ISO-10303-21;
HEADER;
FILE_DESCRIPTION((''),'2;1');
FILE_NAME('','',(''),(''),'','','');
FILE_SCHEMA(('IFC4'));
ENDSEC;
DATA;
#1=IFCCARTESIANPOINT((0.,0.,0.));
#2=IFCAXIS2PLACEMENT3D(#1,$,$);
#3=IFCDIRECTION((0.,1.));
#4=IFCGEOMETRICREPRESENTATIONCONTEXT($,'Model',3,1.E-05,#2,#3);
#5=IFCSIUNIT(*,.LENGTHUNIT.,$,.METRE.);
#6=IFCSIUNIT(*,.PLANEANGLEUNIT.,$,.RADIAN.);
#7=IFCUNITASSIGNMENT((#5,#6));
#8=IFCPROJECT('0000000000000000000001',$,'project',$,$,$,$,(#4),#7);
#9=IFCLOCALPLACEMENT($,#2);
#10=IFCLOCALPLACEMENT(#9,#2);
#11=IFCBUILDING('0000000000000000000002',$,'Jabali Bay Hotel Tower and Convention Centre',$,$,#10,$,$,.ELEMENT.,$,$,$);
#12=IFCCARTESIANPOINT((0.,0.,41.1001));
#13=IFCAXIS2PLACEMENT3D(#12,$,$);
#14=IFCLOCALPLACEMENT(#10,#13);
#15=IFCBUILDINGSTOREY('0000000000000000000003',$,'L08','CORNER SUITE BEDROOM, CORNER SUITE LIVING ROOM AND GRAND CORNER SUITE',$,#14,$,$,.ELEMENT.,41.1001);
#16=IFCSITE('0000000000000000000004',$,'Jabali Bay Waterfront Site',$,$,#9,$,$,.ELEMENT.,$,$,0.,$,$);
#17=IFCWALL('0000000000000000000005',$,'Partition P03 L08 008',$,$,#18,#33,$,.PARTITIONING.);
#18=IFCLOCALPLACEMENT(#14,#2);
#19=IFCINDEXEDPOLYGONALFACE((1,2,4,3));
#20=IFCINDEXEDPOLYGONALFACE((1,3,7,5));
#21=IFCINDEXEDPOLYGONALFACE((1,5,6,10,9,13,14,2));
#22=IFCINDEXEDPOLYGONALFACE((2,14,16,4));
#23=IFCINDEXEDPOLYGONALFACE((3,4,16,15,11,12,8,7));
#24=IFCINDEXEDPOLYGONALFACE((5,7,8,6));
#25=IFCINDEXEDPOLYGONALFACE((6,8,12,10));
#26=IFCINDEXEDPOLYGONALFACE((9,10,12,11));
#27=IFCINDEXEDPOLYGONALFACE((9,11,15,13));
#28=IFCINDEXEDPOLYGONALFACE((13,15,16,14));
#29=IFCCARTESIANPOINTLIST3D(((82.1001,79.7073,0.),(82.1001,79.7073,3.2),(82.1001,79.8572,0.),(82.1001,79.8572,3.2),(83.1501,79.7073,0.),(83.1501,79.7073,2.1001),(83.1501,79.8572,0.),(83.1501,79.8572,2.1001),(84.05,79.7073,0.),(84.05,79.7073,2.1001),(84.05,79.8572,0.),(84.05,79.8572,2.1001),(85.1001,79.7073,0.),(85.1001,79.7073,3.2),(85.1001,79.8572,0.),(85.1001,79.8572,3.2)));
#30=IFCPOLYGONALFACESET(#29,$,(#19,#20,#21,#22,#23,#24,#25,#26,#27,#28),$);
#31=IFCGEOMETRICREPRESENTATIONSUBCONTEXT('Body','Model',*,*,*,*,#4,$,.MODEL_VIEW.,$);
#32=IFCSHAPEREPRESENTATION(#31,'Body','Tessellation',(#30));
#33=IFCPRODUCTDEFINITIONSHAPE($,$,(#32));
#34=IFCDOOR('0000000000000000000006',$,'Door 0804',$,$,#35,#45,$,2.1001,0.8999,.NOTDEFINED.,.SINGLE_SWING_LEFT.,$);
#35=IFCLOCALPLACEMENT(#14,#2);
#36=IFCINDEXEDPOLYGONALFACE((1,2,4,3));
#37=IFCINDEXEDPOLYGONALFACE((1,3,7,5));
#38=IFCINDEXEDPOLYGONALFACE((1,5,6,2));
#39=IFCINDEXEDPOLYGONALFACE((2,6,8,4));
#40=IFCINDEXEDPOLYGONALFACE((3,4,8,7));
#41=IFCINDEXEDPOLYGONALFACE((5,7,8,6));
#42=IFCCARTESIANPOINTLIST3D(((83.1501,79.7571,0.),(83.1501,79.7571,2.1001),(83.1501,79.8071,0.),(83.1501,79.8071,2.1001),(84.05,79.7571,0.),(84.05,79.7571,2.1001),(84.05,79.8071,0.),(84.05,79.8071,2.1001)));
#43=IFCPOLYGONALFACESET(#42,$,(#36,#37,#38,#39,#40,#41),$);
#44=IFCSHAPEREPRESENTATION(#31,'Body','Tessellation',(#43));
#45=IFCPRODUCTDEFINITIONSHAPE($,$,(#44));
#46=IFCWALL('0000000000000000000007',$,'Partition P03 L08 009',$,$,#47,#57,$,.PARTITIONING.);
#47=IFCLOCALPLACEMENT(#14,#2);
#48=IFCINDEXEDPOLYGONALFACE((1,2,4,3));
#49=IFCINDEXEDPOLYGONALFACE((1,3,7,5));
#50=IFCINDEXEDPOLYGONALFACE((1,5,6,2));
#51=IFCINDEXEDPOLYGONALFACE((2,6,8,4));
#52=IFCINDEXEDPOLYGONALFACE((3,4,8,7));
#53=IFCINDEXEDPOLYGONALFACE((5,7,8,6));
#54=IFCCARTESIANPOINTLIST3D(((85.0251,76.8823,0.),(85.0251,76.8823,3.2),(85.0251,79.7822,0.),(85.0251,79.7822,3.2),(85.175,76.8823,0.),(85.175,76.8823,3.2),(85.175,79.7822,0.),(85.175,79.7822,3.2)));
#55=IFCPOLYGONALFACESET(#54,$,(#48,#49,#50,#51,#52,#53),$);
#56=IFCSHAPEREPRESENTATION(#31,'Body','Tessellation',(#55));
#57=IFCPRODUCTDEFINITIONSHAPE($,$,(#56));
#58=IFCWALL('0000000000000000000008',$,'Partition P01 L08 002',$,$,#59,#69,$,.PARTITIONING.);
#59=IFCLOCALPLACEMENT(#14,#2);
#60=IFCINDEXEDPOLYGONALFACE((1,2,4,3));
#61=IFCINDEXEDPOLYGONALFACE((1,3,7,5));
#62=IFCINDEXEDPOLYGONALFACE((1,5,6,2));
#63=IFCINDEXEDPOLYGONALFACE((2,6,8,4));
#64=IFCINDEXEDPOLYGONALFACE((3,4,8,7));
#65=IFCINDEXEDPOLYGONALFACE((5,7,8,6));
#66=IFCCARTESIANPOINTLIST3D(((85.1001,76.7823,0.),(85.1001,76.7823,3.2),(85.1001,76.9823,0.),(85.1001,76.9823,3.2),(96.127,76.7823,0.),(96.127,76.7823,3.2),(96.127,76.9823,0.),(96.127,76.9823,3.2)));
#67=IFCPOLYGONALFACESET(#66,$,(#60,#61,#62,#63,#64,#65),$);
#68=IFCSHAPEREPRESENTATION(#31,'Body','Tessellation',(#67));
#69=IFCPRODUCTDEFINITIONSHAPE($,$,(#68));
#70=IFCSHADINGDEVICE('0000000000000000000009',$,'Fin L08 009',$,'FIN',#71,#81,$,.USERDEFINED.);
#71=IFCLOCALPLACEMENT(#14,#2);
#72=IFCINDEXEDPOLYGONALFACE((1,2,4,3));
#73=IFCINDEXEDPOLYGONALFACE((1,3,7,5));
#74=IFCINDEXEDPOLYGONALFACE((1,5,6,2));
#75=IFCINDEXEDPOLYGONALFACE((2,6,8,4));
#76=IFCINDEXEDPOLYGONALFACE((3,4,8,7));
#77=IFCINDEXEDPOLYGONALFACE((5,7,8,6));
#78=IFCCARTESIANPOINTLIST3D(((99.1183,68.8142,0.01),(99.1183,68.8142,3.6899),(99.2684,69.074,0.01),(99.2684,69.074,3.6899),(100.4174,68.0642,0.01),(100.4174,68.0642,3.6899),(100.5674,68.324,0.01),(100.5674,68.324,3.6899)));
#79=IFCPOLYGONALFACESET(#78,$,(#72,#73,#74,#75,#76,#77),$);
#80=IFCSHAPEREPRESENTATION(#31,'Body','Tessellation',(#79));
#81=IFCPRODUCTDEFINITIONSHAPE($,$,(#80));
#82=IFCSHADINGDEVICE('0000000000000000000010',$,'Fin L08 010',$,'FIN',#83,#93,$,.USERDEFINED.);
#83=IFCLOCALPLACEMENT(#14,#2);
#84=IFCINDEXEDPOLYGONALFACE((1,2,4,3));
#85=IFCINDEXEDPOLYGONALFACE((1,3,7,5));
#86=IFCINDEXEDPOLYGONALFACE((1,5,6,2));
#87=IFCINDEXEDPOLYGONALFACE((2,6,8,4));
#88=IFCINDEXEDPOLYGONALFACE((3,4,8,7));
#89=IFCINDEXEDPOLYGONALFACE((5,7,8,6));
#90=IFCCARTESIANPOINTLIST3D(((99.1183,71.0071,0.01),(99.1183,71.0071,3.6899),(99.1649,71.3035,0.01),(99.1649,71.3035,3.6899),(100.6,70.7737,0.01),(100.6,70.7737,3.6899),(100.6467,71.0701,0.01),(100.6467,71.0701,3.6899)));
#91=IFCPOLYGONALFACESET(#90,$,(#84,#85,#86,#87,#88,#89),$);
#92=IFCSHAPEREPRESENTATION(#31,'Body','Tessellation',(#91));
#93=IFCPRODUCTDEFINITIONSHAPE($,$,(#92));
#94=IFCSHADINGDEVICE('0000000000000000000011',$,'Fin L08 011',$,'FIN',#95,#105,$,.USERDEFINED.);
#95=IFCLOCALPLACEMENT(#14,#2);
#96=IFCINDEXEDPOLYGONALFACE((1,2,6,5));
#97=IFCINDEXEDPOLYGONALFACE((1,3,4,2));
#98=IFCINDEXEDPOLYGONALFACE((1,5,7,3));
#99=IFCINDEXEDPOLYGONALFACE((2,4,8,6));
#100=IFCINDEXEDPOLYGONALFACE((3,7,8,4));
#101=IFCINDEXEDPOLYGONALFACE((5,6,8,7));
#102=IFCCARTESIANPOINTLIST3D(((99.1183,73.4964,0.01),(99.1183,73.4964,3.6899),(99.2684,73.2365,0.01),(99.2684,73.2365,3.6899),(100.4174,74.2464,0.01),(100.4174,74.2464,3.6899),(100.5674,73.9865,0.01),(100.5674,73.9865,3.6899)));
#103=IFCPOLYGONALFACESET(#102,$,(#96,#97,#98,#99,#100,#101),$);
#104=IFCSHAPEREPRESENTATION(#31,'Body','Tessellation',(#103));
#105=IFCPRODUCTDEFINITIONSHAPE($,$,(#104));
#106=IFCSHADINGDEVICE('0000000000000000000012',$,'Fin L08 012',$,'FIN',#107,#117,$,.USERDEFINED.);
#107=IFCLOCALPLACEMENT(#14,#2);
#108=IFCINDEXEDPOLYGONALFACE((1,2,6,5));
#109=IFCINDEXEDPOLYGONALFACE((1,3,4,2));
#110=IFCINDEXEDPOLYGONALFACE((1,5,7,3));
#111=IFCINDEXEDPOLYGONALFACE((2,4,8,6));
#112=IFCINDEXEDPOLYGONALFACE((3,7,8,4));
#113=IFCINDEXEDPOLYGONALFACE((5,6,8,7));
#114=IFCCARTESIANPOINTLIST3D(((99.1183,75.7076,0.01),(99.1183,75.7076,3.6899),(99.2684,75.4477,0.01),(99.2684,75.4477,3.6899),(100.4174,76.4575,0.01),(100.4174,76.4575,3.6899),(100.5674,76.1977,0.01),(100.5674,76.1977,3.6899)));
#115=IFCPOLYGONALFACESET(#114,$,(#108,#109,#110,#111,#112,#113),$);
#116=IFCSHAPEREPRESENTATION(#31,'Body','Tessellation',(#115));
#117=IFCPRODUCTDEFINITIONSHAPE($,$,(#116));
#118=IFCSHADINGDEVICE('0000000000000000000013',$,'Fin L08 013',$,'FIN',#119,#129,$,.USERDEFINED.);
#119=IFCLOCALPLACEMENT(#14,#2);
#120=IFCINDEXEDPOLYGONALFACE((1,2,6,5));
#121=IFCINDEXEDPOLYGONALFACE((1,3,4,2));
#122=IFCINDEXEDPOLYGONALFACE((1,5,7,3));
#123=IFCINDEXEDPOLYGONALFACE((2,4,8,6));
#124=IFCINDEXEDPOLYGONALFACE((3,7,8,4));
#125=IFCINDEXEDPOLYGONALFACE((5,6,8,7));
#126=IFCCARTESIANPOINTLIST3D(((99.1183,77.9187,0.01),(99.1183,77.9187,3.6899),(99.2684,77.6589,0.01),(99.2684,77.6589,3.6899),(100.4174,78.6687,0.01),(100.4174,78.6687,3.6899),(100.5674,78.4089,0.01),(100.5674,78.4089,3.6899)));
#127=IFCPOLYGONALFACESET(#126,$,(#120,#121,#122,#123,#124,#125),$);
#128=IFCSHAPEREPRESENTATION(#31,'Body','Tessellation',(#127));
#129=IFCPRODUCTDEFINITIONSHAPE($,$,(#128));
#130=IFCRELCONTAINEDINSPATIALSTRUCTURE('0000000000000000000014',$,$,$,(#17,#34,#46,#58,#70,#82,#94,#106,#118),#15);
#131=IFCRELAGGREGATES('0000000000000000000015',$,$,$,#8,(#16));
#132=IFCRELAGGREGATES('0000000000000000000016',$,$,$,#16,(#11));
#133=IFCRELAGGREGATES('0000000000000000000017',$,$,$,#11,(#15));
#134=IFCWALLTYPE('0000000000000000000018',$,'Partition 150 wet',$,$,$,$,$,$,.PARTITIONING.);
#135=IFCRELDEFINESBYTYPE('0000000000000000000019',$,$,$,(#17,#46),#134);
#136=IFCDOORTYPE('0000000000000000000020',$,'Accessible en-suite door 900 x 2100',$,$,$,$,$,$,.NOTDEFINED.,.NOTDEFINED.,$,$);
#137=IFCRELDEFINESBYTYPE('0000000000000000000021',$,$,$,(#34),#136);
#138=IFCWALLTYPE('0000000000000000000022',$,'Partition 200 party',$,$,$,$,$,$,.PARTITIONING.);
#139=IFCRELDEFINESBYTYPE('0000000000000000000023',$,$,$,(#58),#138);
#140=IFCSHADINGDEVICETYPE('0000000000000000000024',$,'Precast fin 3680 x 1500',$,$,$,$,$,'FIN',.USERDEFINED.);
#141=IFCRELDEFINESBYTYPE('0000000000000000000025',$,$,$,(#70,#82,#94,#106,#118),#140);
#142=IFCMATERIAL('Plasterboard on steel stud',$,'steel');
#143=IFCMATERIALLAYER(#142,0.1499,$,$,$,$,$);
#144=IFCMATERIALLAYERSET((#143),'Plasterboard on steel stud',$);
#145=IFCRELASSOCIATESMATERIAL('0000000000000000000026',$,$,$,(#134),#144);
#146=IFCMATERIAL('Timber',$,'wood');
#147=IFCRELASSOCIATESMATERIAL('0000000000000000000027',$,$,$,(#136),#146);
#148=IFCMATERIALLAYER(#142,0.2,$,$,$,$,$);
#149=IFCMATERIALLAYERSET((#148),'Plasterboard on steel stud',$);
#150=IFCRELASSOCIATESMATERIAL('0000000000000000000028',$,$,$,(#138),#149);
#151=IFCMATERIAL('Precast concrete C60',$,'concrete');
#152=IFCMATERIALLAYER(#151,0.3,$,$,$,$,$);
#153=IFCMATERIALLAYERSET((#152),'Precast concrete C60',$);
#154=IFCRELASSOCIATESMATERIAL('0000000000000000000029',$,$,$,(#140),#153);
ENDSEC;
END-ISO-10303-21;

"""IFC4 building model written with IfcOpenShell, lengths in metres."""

from ifc_helpers import new_model, si_unit, direction, frame, frame_2d, origin, place, context, subcontext, project, spatial, rectangle, extrude, material, layer, layer_set, type_object, element, fill, save


model = new_model("IFC4")

# Units and contexts
model_context = context("Model", 3, precision=1e-05, world=origin(), true_north=direction((0.0, 1.0)))
body_context = subcontext(model_context, "Body", "Model", "MODEL_VIEW")
ifc_project = project(units=[si_unit("LENGTHUNIT", "METRE"), si_unit("PLANEANGLEUNIT", "RADIAN")], contexts=[model_context])

# Site, building, storey
site_placement = place(None, origin())
site = spatial("IfcSite", under=ifc_project, at=site_placement, Name="Jabali Bay Waterfront Site", CompositionType="ELEMENT", RefElevation=0.0)
building_placement = place(site_placement, origin())
building = spatial("IfcBuilding", under=site, at=building_placement, Name="Jabali Bay Hotel Tower and Convention Centre", CompositionType="ELEMENT")
storey_placement = place(building_placement, frame((0.0, 0.0, 41.1001)))
storey = spatial("IfcBuildingStorey", under=building, at=storey_placement, Name="L08", Description="CORNER SUITE BEDROOM, CORNER SUITE LIVING ROOM AND GRAND CORNER SUITE", CompositionType="ELEMENT", Elevation=41.1001)

# Shared definitions
ifc_material_1 = material(Name="Timber", Category="wood")

# Shared definitions
ifc_material_2 = material(Name="Plasterboard on steel stud", Category="steel")

# Shared definitions
ifc_layer_1 = layer(ifc_material_2, 0.1499)
ifc_layer_set_1 = layer_set([ifc_layer_1], Name="Plasterboard on steel stud")
wall_type_1 = type_object("IfcWallType", Name="Partition 150 wet", PredefinedType="PARTITIONING", material=ifc_layer_set_1)

# Wall, opening, door
wall_1_placement = place(storey_placement, frame((82.1001, 79.7822, 0.0), z_axis=(0.0, 0.0, 1.0), x_axis=(1.0, 0.0, 0.0)))
wall_1 = element("IfcWall", 1, at=wall_1_placement, inside=storey, type_object=wall_type_1, Name="Partition P03 L08 008", PredefinedType="PARTITIONING", context=body_context, shape_type="SweptSolid", body=[
    extrude(rectangle(XDim=3.0, YDim=0.1499, at=frame_2d((1.5, 0.0))), origin(), (0.0, 0.0, 1.0), 3.2),
])
opening_1_placement = place(wall_1_placement, frame((1.05, 0.0, 0.0)))
opening_1 = element("IfcOpeningElement", 2, at=opening_1_placement, cuts=wall_1, PredefinedType="OPENING", context=body_context, shape_type="SweptSolid", body=[
    extrude(rectangle(XDim=0.8999, YDim=2.1001, at=frame_2d((0.45, 1.05))), frame((0.0, 0.0854, 0.0), z_axis=(0.0, -1.0, 0.0), x_axis=(1.0, 0.0, 0.0)), (0.0, 0.0, 1.0), 0.1709),
])
door_type_1 = type_object("IfcDoorType", Name="Accessible en-suite door 900 x 2100", OperationType="NOTDEFINED", PredefinedType="NOTDEFINED", material=ifc_material_1)
door_1_placement = place(opening_1_placement, origin())
door_1 = element("IfcDoor", 3, at=door_1_placement, inside=storey, type_object=door_type_1, Name="Door 0804", OperationType="SINGLE_SWING_LEFT", OverallHeight=2.1001, OverallWidth=0.8999, PredefinedType="NOTDEFINED", context=body_context, shape_type="SweptSolid", body=[
    extrude(rectangle(XDim=0.8999, YDim=2.1001, at=frame_2d((0.45, 1.05))), frame((0.0, 0.0249, 0.0), z_axis=(0.0, -1.0, 0.0), x_axis=(1.0, 0.0, 0.0)), (0.0, 0.0, 1.0), 0.05),
])
fill(opening_1, door_1)

# Walls
wall_2_placement = place(storey_placement, frame((85.1001, 79.7822, 0.0), z_axis=(0.0, 0.0, 1.0), x_axis=(0.0, -1.0, 0.0)))
element("IfcWall", 4, at=wall_2_placement, inside=storey, type_object=wall_type_1, Name="Partition P03 L08 009", PredefinedType="PARTITIONING", context=body_context, shape_type="SweptSolid", body=[
    extrude(rectangle(XDim=2.8999, YDim=0.1499, at=frame_2d((1.45, 0.0))), origin(), (0.0, 0.0, 1.0), 3.2),
])
ifc_layer_2 = layer(ifc_material_2, 0.2)
ifc_layer_set_2 = layer_set([ifc_layer_2], Name="Plasterboard on steel stud")
wall_type_2 = type_object("IfcWallType", Name="Partition 200 party", PredefinedType="PARTITIONING", material=ifc_layer_set_2)
wall_3_placement = place(storey_placement, frame((96.127, 76.8823, 0.0), z_axis=(0.0, 0.0, 1.0), x_axis=(-1.0, 0.0, 0.0)))
element("IfcWall", 5, at=wall_3_placement, inside=storey, type_object=wall_type_2, Name="Partition P01 L08 002", PredefinedType="PARTITIONING", context=body_context, shape_type="SweptSolid", body=[
    extrude(rectangle(XDim=11.0269, YDim=0.2, at=frame_2d((5.5134, 0.0))), origin(), (0.0, 0.0, 1.0), 3.2),
])

# Shading devices
ifc_material_3 = material(Name="Precast concrete C60", Category="concrete")
ifc_layer_3 = layer(ifc_material_3, 0.3)
ifc_layer_set_3 = layer_set([ifc_layer_3], Name="Precast concrete C60")
shading_device_type = type_object("IfcShadingDeviceType", Name="Precast fin 3680 x 1500", ElementType="FIN", PredefinedType="USERDEFINED", material=ifc_layer_set_3)
for number, where, z_axis, x_axis, name in (
    (6, (99.1934, 68.9441, 0.01), (0.0, 0.0, 1.0), (0.866031, -0.49999, 0.0), "Fin L08 009"),
    (7, (99.1416, 71.1553, 0.01), (0.0, 0.0, 1.0), (0.98782, -0.155603, 0.0), "Fin L08 010"),
    (8, (99.1934, 73.3665, 0.01), (0.0, 0.0, 1.0), (0.866031, 0.49999, 0.0), "Fin L08 011"),
    (9, (99.1934, 75.5776, 0.01), (0.0, 0.0, 1.0), (0.866031, 0.49999, 0.0), "Fin L08 012"),
    (10, (99.1934, 77.7888, 0.01), (0.0, 0.0, 1.0), (0.866031, 0.49999, 0.0), "Fin L08 013"),
):
    element("IfcShadingDevice", number, at=place(storey_placement, frame(where, z_axis=z_axis, x_axis=x_axis)), inside=storey, type_object=shading_device_type, Name=name, ObjectType="FIN", PredefinedType="USERDEFINED", context=body_context, shape_type="SweptSolid", body=[
        extrude(rectangle(XDim=1.5, YDim=0.3, at=frame_2d((0.75, 0.0))), origin(), (0.0, 0.0, 1.0), 3.6799),
    ])

save(model, "model.ifc")
